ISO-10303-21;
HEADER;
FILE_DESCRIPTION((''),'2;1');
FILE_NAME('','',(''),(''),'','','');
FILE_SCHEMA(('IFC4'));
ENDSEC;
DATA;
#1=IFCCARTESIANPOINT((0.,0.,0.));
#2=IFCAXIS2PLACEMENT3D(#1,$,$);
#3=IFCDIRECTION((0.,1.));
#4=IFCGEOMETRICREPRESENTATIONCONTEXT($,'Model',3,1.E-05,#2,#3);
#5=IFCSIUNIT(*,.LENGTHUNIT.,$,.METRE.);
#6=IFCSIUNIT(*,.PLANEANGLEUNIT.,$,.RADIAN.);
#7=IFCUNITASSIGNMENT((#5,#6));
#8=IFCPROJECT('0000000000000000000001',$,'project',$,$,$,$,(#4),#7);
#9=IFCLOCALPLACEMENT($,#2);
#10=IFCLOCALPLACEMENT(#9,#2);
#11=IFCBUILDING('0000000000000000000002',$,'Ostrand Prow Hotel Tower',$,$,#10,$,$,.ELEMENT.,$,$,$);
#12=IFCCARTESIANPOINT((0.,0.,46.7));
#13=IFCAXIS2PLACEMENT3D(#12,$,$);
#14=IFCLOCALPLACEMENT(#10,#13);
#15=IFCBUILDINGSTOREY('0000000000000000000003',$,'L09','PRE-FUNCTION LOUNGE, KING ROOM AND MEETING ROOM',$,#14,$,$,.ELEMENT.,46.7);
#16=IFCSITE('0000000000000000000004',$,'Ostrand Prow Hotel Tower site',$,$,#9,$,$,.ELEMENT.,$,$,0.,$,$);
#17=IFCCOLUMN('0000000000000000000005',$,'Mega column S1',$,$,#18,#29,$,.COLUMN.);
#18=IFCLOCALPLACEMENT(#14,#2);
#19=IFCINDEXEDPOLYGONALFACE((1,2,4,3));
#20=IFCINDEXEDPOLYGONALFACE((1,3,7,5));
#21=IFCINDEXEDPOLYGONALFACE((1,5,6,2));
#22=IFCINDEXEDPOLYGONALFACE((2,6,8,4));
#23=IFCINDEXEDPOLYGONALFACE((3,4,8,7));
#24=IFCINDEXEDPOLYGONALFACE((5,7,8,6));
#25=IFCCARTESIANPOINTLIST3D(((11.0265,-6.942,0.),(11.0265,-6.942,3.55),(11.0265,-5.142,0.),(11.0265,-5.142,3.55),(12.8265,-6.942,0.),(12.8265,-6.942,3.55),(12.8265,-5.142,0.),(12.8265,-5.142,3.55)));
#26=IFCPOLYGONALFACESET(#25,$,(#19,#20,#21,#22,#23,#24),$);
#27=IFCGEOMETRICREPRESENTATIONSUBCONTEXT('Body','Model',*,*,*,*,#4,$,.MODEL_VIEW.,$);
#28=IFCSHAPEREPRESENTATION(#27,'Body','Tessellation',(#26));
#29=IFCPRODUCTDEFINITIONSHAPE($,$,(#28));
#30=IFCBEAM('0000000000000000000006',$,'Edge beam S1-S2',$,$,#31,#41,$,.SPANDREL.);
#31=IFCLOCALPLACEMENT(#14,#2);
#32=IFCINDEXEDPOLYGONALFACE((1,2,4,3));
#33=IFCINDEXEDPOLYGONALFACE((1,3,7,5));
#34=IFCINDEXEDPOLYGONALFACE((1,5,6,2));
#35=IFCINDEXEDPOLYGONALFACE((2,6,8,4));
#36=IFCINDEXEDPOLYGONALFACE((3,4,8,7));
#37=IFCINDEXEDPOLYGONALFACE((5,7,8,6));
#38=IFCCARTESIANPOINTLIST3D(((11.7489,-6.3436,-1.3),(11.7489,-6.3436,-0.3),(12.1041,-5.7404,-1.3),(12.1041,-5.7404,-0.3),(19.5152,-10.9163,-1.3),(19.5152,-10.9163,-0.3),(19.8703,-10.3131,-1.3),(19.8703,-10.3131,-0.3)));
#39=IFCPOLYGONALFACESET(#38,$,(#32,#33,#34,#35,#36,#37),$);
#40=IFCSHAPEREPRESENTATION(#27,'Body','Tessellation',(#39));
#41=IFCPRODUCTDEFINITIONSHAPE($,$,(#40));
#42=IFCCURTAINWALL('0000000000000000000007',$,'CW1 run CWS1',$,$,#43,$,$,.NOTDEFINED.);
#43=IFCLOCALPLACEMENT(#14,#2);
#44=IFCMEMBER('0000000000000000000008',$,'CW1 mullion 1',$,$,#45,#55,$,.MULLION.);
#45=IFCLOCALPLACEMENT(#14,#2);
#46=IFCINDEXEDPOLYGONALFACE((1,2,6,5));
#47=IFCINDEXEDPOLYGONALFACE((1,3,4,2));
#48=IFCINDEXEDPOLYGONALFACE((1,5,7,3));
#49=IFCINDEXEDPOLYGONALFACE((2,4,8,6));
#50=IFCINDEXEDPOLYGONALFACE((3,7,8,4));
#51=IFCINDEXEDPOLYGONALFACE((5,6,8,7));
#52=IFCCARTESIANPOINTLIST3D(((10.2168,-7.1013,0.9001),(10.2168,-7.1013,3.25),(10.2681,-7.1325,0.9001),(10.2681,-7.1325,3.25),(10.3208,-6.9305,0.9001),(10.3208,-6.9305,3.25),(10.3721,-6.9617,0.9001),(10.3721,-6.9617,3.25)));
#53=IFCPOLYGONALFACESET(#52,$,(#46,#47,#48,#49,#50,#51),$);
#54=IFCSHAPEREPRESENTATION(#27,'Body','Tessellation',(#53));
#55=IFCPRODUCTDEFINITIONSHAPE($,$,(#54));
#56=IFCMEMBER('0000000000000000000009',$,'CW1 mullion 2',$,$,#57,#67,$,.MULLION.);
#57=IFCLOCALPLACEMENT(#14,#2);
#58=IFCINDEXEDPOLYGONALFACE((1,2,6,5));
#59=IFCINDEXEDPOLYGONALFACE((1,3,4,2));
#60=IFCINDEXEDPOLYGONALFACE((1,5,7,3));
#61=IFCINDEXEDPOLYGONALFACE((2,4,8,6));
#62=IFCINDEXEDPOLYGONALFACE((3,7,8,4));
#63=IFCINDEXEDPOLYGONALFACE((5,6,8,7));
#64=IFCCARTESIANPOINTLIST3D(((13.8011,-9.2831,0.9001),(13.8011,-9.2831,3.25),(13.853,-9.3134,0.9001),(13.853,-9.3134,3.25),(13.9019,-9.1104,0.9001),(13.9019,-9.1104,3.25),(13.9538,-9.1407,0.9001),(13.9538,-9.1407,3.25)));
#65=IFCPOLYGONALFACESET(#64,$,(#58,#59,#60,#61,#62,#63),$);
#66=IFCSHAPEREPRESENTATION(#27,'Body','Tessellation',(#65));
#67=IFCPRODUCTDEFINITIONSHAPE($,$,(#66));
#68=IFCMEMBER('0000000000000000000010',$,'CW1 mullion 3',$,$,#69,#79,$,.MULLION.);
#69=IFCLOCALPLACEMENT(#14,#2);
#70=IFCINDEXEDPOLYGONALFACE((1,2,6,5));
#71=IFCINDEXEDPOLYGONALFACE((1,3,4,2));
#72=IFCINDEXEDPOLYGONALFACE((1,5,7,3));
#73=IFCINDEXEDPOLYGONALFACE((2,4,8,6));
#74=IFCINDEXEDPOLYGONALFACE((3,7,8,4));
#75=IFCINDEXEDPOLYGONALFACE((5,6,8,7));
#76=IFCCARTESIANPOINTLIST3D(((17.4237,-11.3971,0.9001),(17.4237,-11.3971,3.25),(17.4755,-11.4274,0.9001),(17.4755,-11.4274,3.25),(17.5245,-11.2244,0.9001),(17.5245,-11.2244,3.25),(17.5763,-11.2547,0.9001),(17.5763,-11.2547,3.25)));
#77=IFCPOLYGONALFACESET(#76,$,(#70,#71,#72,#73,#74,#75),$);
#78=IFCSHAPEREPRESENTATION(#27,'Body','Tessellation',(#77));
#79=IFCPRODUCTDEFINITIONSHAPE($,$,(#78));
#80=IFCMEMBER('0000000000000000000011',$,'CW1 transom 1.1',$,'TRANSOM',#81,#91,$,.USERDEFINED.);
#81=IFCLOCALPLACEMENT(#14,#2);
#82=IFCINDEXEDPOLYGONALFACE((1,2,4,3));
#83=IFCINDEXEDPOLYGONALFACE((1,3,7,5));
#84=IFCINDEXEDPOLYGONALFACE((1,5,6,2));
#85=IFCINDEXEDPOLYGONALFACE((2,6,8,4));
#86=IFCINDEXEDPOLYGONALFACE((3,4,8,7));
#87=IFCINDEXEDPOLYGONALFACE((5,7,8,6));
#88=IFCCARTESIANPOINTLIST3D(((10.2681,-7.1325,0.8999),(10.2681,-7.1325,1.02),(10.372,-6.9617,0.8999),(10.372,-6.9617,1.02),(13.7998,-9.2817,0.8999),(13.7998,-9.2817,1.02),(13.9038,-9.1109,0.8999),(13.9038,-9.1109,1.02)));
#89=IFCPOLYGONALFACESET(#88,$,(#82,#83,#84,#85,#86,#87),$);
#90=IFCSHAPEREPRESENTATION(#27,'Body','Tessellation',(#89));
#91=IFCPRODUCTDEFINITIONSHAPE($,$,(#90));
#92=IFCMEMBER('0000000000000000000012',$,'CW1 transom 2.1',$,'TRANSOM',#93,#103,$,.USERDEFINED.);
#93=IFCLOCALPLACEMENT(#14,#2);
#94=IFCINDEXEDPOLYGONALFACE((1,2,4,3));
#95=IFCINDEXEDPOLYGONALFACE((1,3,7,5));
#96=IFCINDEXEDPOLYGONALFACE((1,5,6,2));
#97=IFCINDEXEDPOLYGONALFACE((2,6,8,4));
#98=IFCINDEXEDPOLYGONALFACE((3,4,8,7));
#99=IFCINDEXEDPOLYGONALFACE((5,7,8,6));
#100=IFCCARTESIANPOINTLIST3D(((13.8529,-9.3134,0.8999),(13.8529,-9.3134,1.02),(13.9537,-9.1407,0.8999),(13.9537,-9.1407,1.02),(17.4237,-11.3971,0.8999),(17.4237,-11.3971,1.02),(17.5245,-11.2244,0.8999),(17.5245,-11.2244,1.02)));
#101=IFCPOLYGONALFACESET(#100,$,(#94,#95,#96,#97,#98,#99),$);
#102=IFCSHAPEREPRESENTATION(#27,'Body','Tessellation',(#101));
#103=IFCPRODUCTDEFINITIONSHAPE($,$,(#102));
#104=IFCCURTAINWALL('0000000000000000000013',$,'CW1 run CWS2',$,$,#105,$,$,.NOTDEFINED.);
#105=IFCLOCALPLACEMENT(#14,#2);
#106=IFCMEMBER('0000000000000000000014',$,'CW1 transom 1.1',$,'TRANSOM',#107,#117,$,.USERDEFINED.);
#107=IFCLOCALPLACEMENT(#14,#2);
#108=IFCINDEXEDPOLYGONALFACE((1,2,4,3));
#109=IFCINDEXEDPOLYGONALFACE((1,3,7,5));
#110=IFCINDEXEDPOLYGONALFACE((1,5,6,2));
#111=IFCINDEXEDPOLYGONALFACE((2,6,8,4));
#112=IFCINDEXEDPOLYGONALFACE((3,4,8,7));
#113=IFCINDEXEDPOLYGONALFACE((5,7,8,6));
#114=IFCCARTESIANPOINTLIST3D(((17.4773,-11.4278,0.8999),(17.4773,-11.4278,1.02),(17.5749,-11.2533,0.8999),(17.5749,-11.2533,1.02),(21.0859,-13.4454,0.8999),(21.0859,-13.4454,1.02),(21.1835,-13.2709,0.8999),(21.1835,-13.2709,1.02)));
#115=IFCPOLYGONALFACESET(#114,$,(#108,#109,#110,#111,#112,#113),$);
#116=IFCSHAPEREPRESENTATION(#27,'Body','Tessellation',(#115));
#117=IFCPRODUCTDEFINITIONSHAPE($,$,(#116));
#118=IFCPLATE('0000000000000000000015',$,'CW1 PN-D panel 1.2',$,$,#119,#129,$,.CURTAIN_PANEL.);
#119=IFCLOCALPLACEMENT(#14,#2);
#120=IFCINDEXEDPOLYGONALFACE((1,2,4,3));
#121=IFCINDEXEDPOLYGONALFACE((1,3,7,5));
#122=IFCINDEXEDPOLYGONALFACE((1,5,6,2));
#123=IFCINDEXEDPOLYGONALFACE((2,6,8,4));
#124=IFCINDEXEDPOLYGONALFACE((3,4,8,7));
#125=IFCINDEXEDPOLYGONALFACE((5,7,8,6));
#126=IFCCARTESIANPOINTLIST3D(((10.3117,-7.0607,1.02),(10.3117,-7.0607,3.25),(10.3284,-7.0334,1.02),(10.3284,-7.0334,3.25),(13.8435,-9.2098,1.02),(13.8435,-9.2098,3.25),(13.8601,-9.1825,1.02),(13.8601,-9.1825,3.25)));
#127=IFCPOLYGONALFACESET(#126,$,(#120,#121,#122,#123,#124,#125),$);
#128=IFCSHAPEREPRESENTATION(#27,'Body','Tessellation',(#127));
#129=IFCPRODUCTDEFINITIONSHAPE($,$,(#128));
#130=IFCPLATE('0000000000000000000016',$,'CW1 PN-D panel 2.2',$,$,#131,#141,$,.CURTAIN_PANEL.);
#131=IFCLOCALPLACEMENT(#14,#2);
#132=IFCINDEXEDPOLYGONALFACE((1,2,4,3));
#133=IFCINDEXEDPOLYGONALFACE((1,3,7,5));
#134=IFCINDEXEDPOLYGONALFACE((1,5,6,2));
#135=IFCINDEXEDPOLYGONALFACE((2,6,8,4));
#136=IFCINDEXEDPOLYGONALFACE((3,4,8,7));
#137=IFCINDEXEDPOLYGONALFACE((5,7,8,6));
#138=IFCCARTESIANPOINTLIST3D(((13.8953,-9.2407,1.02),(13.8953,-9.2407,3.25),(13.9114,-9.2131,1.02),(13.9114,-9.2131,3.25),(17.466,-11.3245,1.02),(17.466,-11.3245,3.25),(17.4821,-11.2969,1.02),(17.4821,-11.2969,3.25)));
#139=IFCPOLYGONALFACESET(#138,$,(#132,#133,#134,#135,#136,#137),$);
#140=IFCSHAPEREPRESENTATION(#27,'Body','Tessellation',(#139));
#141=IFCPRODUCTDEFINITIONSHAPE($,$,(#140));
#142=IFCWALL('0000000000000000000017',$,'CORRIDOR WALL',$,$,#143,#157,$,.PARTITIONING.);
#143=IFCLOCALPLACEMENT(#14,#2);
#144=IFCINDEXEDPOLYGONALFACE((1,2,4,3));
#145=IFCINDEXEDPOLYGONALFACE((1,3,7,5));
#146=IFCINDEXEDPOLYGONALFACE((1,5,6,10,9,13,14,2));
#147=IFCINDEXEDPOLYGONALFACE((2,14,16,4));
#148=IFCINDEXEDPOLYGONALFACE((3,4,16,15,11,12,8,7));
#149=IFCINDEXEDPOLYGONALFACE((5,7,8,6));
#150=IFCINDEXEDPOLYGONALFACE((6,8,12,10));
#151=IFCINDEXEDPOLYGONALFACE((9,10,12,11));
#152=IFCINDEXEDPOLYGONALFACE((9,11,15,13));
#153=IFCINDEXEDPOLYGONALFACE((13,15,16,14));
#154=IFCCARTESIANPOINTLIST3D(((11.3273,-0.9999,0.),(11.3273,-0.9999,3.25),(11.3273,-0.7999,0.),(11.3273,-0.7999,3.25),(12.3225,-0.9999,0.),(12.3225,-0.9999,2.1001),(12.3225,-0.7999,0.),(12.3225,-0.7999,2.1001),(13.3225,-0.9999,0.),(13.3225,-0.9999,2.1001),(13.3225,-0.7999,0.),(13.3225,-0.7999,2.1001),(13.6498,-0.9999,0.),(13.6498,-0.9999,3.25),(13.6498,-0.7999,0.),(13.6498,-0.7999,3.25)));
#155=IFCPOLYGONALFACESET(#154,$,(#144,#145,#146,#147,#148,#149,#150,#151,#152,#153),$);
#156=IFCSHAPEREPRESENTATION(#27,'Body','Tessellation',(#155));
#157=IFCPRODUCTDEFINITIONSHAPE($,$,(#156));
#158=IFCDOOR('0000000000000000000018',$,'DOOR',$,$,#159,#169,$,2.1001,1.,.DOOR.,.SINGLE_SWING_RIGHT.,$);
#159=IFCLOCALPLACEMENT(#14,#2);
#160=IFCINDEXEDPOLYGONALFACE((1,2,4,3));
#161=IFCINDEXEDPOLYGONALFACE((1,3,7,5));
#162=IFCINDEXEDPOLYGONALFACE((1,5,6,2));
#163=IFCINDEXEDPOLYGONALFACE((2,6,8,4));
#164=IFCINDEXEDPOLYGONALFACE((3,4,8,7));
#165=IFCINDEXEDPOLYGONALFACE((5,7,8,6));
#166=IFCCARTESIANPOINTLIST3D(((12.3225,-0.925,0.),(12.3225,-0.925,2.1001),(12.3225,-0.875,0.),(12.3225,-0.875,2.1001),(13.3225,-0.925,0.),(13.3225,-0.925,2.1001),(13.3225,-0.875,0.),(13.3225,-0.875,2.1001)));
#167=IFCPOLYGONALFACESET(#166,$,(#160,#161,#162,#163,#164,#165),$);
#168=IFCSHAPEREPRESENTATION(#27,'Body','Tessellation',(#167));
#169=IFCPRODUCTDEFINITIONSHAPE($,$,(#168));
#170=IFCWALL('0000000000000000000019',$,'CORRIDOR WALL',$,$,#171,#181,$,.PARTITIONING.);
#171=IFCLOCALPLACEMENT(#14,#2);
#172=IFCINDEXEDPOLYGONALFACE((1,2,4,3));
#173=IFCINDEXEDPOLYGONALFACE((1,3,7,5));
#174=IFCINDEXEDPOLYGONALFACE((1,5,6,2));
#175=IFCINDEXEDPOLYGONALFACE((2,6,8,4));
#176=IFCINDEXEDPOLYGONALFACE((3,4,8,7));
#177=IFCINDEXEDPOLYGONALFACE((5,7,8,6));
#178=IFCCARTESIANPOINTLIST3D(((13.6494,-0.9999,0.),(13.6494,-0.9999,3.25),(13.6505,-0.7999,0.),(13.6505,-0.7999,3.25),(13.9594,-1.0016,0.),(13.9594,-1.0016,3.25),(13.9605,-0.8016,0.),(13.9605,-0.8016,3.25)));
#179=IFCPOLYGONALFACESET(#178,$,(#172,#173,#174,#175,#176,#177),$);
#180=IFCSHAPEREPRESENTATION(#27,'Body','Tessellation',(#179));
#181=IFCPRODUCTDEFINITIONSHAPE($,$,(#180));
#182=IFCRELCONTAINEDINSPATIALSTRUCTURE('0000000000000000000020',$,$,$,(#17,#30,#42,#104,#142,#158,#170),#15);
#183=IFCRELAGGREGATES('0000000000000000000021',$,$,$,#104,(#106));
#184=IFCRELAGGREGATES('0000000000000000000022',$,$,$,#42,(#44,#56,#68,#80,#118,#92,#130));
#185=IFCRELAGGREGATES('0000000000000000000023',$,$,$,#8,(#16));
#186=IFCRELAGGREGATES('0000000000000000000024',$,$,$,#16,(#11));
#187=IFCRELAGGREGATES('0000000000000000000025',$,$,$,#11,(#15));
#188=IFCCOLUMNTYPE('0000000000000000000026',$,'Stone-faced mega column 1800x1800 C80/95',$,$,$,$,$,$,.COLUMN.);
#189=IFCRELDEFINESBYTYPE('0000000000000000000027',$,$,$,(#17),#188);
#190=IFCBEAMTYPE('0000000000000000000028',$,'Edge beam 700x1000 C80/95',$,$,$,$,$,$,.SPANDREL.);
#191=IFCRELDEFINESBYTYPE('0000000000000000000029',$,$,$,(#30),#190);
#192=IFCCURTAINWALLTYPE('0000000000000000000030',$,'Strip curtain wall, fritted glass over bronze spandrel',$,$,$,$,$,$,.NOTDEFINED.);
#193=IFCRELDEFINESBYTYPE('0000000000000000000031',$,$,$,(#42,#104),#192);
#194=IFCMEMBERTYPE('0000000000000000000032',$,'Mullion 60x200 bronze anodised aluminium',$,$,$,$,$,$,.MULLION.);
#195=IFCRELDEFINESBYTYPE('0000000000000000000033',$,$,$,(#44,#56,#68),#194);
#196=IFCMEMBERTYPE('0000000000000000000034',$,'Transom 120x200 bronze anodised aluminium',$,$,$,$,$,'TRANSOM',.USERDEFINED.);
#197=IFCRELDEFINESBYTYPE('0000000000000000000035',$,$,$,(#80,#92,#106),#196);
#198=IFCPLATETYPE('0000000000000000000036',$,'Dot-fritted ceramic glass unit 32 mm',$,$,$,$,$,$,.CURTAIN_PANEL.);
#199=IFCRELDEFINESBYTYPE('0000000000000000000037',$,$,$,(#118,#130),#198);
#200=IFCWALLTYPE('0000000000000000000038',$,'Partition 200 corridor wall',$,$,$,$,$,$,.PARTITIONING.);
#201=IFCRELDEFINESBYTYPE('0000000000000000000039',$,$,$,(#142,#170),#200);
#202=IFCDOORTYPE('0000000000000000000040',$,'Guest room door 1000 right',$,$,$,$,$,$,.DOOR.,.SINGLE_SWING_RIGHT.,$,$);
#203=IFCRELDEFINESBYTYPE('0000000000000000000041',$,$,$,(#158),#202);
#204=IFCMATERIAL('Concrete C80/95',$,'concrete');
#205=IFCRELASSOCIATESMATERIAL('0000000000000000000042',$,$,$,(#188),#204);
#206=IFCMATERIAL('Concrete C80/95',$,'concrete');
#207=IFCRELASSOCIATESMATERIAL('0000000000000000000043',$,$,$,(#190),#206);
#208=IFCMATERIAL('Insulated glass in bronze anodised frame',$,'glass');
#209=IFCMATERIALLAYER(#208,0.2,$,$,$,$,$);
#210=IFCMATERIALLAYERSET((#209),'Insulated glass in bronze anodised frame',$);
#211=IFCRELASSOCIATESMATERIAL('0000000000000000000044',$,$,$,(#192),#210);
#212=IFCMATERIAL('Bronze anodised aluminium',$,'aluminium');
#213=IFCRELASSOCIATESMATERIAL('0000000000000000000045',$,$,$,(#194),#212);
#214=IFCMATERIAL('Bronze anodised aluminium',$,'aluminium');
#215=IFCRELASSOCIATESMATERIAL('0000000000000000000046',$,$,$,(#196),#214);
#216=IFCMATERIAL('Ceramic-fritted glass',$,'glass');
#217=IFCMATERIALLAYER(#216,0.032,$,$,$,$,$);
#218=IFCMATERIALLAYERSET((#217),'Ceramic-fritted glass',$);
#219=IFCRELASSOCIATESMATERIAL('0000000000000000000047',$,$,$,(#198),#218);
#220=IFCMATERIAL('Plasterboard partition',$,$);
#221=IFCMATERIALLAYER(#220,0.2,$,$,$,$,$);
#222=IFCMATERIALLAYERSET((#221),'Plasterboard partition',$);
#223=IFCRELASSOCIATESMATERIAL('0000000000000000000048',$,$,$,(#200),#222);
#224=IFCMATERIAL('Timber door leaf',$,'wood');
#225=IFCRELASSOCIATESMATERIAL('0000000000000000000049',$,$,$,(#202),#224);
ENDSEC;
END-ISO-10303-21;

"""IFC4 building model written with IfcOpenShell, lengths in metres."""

from ifc_helpers import new_model, si_unit, direction, frame, frame_2d, origin, origin_2d, place, context, subcontext, project, spatial, rectangle, extrude, material, layer, layer_set, material_profile, profile_set, type_object, element, fill, aggregate, save


model = new_model("IFC4")

# Units and contexts
model_context = context("Model", 3, precision=1e-05, world=origin(), true_north=direction((0.0, 1.0)))
body_context = subcontext(model_context, "Body", "Model", "MODEL_VIEW")
ifc_project = project(units=[si_unit("LENGTHUNIT", "METRE"), si_unit("PLANEANGLEUNIT", "RADIAN")], contexts=[model_context])

# Site, building, storey
site_placement = place(None, origin())
site = spatial("IfcSite", under=ifc_project, at=site_placement, Name="Ostrand Prow Hotel Tower site", CompositionType="ELEMENT", RefElevation=0.0)
building_placement = place(site_placement, origin())
building = spatial("IfcBuilding", under=site, at=building_placement, Name="Ostrand Prow Hotel Tower", CompositionType="ELEMENT")
storey_placement = place(building_placement, frame((0.0, 0.0, 46.7)))
storey = spatial("IfcBuildingStorey", under=building, at=storey_placement, Name="L09", Description="PRE-FUNCTION LOUNGE, KING ROOM AND MEETING ROOM", CompositionType="ELEMENT", Elevation=46.7)

# Column
ifc_material_1 = material(Name="Concrete C80/95", Category="concrete")
ifc_material_profile_1 = material_profile(ifc_material_1, rectangle(XDim=1.8, YDim=1.8, at=origin_2d()), Name="RC 1800x1800")
ifc_profile_set_1 = profile_set([ifc_material_profile_1], Name="Concrete C80/95")
column_type = type_object("IfcColumnType", Name="Stone-faced mega column 1800x1800 C80/95", PredefinedType="COLUMN", material=ifc_profile_set_1)
column_placement = place(storey_placement, frame((11.9265, -6.042, 0.0), z_axis=(0.0, 0.0, 1.0), x_axis=(1.0, 0.0, 0.0)))
element("IfcColumn", 1, at=column_placement, inside=storey, type_object=column_type, Name="Mega column S1", PredefinedType="COLUMN", context=body_context, shape_type="SweptSolid", body=[
    extrude(rectangle(XDim=1.8, YDim=1.8, at=origin_2d()), origin(), (0.0, 0.0, 1.0), 3.55),
])

# Beam
ifc_material_2 = material(Name="Concrete C80/95", Category="concrete")
ifc_material_profile_2 = material_profile(ifc_material_2, rectangle(XDim=0.7, YDim=1.0, at=origin_2d()), Name="RC 700x1000")
ifc_profile_set_2 = profile_set([ifc_material_profile_2], Name="Concrete C80/95")
beam_type = type_object("IfcBeamType", Name="Edge beam 700x1000 C80/95", PredefinedType="SPANDREL", material=ifc_profile_set_2)
beam_placement = place(storey_placement, frame((11.9265, -6.042, -0.8), z_axis=(0.861725, -0.507375, 0.0), x_axis=(0.507375, 0.861725, 0.0)))
element("IfcBeam", 2, at=beam_placement, inside=storey, type_object=beam_type, Name="Edge beam S1-S2", PredefinedType="SPANDREL", context=body_context, shape_type="SweptSolid", body=[
    extrude(rectangle(XDim=0.7, YDim=1.0, at=origin_2d()), origin(), (0.0, 0.0, 1.0), 9.0125),
])

# Curtain wall, members
ifc_material_3 = material(Name="Insulated glass in bronze anodised frame", Category="glass")
ifc_layer_1 = layer(ifc_material_3, 0.2)
ifc_layer_set_1 = layer_set([ifc_layer_1], Name="Insulated glass in bronze anodised frame")
curtain_wall_type = type_object("IfcCurtainWallType", Name="Strip curtain wall, fritted glass over bronze spandrel", PredefinedType="NOTDEFINED", material=ifc_layer_set_1)
curtain_wall_1_placement = place(storey_placement, origin())
curtain_wall_1 = element("IfcCurtainWall", 3, at=curtain_wall_1_placement, inside=storey, type_object=curtain_wall_type, Name="CW1 run CWS1", PredefinedType="NOTDEFINED")
ifc_material_4 = material(Name="Bronze anodised aluminium", Category="aluminium")
ifc_material_profile_3 = material_profile(ifc_material_4, rectangle(XDim=0.2, YDim=0.0601, at=origin_2d()), Name="Mullion 60x200 bronze anodised aluminium")
ifc_profile_set_3 = profile_set([ifc_material_profile_3], Name="Bronze anodised aluminium")
member_type_1 = type_object("IfcMemberType", Name="Mullion 60x200 bronze anodised aluminium", PredefinedType="MULLION", material=ifc_profile_set_3)
member_1_placement = place(storey_placement, frame((10.2944, -7.0315, 0.9001), z_axis=(0.0, 0.0, 1.0), x_axis=(0.519831, 0.854269, 0.0)))
member_1 = element("IfcMember", 4, at=member_1_placement, type_object=member_type_1, Name="CW1 mullion 1", PredefinedType="MULLION", context=body_context, shape_type="SweptSolid", body=[
    extrude(rectangle(XDim=0.2, YDim=0.0601, at=origin_2d()), origin(), (0.0, 0.0, 1.0), 2.3499),
])
member_2_placement = place(storey_placement, frame((13.8774, -9.2119, 0.9001), z_axis=(0.0, 0.0, 1.0), x_axis=(0.504023, 0.86369, 0.0)))
member_2 = element("IfcMember", 5, at=member_2_placement, type_object=member_type_1, Name="CW1 mullion 2", PredefinedType="MULLION", context=body_context, shape_type="SweptSolid", body=[
    extrude(rectangle(XDim=0.2, YDim=0.0601, at=origin_2d()), origin(), (0.0, 0.0, 1.0), 2.3499),
])
member_3_placement = place(storey_placement, frame((17.5, -11.3259, 0.9001), z_axis=(0.0, 0.0, 1.0), x_axis=(0.504023, 0.86369, 0.0)))
member_3 = element("IfcMember", 6, at=member_3_placement, type_object=member_type_1, Name="CW1 mullion 3", PredefinedType="MULLION", context=body_context, shape_type="SweptSolid", body=[
    extrude(rectangle(XDim=0.2, YDim=0.0601, at=origin_2d()), origin(), (0.0, 0.0, 1.0), 2.3499),
])
ifc_material_5 = material(Name="Bronze anodised aluminium", Category="aluminium")
ifc_material_profile_4 = material_profile(ifc_material_5, rectangle(XDim=0.2, YDim=0.1201, at=origin_2d()), Name="Transom 120x200 bronze anodised aluminium")
ifc_profile_set_4 = profile_set([ifc_material_profile_4], Name="Bronze anodised aluminium")
member_type_2 = type_object("IfcMemberType", Name="Transom 120x200 bronze anodised aluminium", ElementType="TRANSOM", PredefinedType="USERDEFINED", material=ifc_profile_set_4)
member_4_placement = place(storey_placement, frame((10.3201, -7.0471, 0.96), z_axis=(0.854261, -0.519844, 0.0), x_axis=(0.519844, 0.854261, 0.0)))
member_4 = element("IfcMember", 7, at=member_4_placement, type_object=member_type_2, Name="CW1 transom 1.1", ObjectType="TRANSOM", PredefinedType="USERDEFINED", context=body_context, shape_type="SweptSolid", body=[
    extrude(rectangle(XDim=0.2, YDim=0.1201, at=origin_2d()), origin(), (0.0, 0.0, 1.0), 4.1343),
])
member_5_placement = place(storey_placement, frame((13.9033, -9.2271, 0.96), z_axis=(0.863698, -0.504011, 0.0), x_axis=(0.504011, 0.863698, 0.0)))
member_5 = element("IfcMember", 8, at=member_5_placement, type_object=member_type_2, Name="CW1 transom 2.1", ObjectType="TRANSOM", PredefinedType="USERDEFINED", context=body_context, shape_type="SweptSolid", body=[
    extrude(rectangle(XDim=0.2, YDim=0.1201, at=origin_2d()), origin(), (0.0, 0.0, 1.0), 4.1343),
])

# Curtain wall, member
curtain_wall_2_placement = place(storey_placement, origin())
curtain_wall_2 = element("IfcCurtainWall", 9, at=curtain_wall_2_placement, inside=storey, type_object=curtain_wall_type, Name="CW1 run CWS2", PredefinedType="NOTDEFINED")
member_6_placement = place(storey_placement, frame((17.5261, -11.3406, 0.96), z_axis=(0.872842, -0.488003, 0.0), x_axis=(0.488003, 0.872842, 0.0)))
member_6 = element("IfcMember", 10, at=member_6_placement, type_object=member_type_2, Name="CW1 transom 1.1", ObjectType="TRANSOM", PredefinedType="USERDEFINED", context=body_context, shape_type="SweptSolid", body=[
    extrude(rectangle(XDim=0.2, YDim=0.1201, at=origin_2d()), origin(), (0.0, 0.0, 1.0), 4.1343),
])
aggregate(curtain_wall_2, [member_6])

# Plates
ifc_material_6 = material(Name="Ceramic-fritted glass", Category="glass")
ifc_layer_2 = layer(ifc_material_6, 0.032)
ifc_layer_set_2 = layer_set([ifc_layer_2], Name="Ceramic-fritted glass")
plate_type = type_object("IfcPlateType", Name="Dot-fritted ceramic glass unit 32 mm", PredefinedType="CURTAIN_PANEL", material=ifc_layer_set_2)
plate_1_placement = place(storey_placement, frame((12.0859, -8.1216, 1.02), z_axis=(0.0, 0.0, 1.0), x_axis=(0.854269, -0.519831, 0.0)))
plate_1 = element("IfcPlate", 11, at=plate_1_placement, type_object=plate_type, Name="CW1 PN-D panel 1.2", PredefinedType="CURTAIN_PANEL", context=body_context, shape_type="SweptSolid", body=[
    extrude(rectangle(XDim=4.1343, YDim=0.032, at=origin_2d()), origin(), (0.0, 0.0, 1.0), 2.23),
])
plate_2_placement = place(storey_placement, frame((15.6887, -10.2688, 1.02), z_axis=(0.0, 0.0, 1.0), x_axis=(0.86369, -0.504023, 0.0)))
plate_2 = element("IfcPlate", 12, at=plate_2_placement, type_object=plate_type, Name="CW1 PN-D panel 2.2", PredefinedType="CURTAIN_PANEL", context=body_context, shape_type="SweptSolid", body=[
    extrude(rectangle(XDim=4.1343, YDim=0.032, at=origin_2d()), origin(), (0.0, 0.0, 1.0), 2.23),
])
aggregate(curtain_wall_1, [member_1, member_2, member_3, member_4, plate_1, member_5, plate_2])

# Wall, opening, door
ifc_material_7 = material(Name="Plasterboard partition")
ifc_layer_3 = layer(ifc_material_7, 0.2)
ifc_layer_set_3 = layer_set([ifc_layer_3], Name="Plasterboard partition")
wall_type_1 = type_object("IfcWallType", Name="Partition 200 corridor wall", PredefinedType="PARTITIONING", material=ifc_layer_set_3)
wall_1_placement = place(storey_placement, frame((11.3274, -0.8999, 0.0), z_axis=(0.0, 0.0, 1.0), x_axis=(1.0, 0.0, 0.0)))
wall_1 = element("IfcWall", 13, at=wall_1_placement, inside=storey, type_object=wall_type_1, Name="CORRIDOR WALL", PredefinedType="PARTITIONING", context=body_context, shape_type="SweptSolid", body=[
    extrude(rectangle(XDim=2.3225, YDim=0.2, at=frame_2d((1.1611, 0.0))), origin(), (0.0, 0.0, 1.0), 3.25),
])
opening_1_placement = place(wall_1_placement, frame((0.9951, 0.0, 0.0)))
opening_1 = element("IfcOpeningElement", 14, at=opening_1_placement, cuts=wall_1, PredefinedType="OPENING", context=body_context, shape_type="SweptSolid", body=[
    extrude(rectangle(XDim=1.0, YDim=2.1001, at=frame_2d((0.5, 1.05))), frame((0.0, 0.1099, 0.0), z_axis=(0.0, -1.0, 0.0), x_axis=(1.0, 0.0, 0.0)), (0.0, 0.0, 1.0), 0.22),
])
ifc_material_8 = material(Name="Timber door leaf", Category="wood")
door_type_1 = type_object("IfcDoorType", Name="Guest room door 1000 right", OperationType="SINGLE_SWING_RIGHT", PredefinedType="DOOR", material=ifc_material_8)
door_1_placement = place(opening_1_placement, origin())
door_1 = element("IfcDoor", 15, at=door_1_placement, inside=storey, type_object=door_type_1, Name="DOOR", OperationType="SINGLE_SWING_RIGHT", OverallHeight=2.1001, OverallWidth=1.0, PredefinedType="DOOR", context=body_context, shape_type="SweptSolid", body=[
    extrude(rectangle(XDim=1.0, YDim=2.1001, at=frame_2d((0.5, 1.05))), frame((0.0, 0.0249, 0.0), z_axis=(0.0, -1.0, 0.0), x_axis=(1.0, 0.0, 0.0)), (0.0, 0.0, 1.0), 0.05),
])
fill(opening_1, door_1)

# Wall
wall_2_placement = place(storey_placement, frame((13.6499, -0.8999, 0.0), z_axis=(0.0, 0.0, 1.0), x_axis=(0.999985, -0.005512, 0.0)))
element("IfcWall", 16, at=wall_2_placement, inside=storey, type_object=wall_type_1, Name="CORRIDOR WALL", PredefinedType="PARTITIONING", context=body_context, shape_type="SweptSolid", body=[
    extrude(rectangle(XDim=0.3101, YDim=0.2, at=frame_2d((0.155, 0.0))), origin(), (0.0, 0.0, 1.0), 3.25),
])

save(model, "model.ifc")
